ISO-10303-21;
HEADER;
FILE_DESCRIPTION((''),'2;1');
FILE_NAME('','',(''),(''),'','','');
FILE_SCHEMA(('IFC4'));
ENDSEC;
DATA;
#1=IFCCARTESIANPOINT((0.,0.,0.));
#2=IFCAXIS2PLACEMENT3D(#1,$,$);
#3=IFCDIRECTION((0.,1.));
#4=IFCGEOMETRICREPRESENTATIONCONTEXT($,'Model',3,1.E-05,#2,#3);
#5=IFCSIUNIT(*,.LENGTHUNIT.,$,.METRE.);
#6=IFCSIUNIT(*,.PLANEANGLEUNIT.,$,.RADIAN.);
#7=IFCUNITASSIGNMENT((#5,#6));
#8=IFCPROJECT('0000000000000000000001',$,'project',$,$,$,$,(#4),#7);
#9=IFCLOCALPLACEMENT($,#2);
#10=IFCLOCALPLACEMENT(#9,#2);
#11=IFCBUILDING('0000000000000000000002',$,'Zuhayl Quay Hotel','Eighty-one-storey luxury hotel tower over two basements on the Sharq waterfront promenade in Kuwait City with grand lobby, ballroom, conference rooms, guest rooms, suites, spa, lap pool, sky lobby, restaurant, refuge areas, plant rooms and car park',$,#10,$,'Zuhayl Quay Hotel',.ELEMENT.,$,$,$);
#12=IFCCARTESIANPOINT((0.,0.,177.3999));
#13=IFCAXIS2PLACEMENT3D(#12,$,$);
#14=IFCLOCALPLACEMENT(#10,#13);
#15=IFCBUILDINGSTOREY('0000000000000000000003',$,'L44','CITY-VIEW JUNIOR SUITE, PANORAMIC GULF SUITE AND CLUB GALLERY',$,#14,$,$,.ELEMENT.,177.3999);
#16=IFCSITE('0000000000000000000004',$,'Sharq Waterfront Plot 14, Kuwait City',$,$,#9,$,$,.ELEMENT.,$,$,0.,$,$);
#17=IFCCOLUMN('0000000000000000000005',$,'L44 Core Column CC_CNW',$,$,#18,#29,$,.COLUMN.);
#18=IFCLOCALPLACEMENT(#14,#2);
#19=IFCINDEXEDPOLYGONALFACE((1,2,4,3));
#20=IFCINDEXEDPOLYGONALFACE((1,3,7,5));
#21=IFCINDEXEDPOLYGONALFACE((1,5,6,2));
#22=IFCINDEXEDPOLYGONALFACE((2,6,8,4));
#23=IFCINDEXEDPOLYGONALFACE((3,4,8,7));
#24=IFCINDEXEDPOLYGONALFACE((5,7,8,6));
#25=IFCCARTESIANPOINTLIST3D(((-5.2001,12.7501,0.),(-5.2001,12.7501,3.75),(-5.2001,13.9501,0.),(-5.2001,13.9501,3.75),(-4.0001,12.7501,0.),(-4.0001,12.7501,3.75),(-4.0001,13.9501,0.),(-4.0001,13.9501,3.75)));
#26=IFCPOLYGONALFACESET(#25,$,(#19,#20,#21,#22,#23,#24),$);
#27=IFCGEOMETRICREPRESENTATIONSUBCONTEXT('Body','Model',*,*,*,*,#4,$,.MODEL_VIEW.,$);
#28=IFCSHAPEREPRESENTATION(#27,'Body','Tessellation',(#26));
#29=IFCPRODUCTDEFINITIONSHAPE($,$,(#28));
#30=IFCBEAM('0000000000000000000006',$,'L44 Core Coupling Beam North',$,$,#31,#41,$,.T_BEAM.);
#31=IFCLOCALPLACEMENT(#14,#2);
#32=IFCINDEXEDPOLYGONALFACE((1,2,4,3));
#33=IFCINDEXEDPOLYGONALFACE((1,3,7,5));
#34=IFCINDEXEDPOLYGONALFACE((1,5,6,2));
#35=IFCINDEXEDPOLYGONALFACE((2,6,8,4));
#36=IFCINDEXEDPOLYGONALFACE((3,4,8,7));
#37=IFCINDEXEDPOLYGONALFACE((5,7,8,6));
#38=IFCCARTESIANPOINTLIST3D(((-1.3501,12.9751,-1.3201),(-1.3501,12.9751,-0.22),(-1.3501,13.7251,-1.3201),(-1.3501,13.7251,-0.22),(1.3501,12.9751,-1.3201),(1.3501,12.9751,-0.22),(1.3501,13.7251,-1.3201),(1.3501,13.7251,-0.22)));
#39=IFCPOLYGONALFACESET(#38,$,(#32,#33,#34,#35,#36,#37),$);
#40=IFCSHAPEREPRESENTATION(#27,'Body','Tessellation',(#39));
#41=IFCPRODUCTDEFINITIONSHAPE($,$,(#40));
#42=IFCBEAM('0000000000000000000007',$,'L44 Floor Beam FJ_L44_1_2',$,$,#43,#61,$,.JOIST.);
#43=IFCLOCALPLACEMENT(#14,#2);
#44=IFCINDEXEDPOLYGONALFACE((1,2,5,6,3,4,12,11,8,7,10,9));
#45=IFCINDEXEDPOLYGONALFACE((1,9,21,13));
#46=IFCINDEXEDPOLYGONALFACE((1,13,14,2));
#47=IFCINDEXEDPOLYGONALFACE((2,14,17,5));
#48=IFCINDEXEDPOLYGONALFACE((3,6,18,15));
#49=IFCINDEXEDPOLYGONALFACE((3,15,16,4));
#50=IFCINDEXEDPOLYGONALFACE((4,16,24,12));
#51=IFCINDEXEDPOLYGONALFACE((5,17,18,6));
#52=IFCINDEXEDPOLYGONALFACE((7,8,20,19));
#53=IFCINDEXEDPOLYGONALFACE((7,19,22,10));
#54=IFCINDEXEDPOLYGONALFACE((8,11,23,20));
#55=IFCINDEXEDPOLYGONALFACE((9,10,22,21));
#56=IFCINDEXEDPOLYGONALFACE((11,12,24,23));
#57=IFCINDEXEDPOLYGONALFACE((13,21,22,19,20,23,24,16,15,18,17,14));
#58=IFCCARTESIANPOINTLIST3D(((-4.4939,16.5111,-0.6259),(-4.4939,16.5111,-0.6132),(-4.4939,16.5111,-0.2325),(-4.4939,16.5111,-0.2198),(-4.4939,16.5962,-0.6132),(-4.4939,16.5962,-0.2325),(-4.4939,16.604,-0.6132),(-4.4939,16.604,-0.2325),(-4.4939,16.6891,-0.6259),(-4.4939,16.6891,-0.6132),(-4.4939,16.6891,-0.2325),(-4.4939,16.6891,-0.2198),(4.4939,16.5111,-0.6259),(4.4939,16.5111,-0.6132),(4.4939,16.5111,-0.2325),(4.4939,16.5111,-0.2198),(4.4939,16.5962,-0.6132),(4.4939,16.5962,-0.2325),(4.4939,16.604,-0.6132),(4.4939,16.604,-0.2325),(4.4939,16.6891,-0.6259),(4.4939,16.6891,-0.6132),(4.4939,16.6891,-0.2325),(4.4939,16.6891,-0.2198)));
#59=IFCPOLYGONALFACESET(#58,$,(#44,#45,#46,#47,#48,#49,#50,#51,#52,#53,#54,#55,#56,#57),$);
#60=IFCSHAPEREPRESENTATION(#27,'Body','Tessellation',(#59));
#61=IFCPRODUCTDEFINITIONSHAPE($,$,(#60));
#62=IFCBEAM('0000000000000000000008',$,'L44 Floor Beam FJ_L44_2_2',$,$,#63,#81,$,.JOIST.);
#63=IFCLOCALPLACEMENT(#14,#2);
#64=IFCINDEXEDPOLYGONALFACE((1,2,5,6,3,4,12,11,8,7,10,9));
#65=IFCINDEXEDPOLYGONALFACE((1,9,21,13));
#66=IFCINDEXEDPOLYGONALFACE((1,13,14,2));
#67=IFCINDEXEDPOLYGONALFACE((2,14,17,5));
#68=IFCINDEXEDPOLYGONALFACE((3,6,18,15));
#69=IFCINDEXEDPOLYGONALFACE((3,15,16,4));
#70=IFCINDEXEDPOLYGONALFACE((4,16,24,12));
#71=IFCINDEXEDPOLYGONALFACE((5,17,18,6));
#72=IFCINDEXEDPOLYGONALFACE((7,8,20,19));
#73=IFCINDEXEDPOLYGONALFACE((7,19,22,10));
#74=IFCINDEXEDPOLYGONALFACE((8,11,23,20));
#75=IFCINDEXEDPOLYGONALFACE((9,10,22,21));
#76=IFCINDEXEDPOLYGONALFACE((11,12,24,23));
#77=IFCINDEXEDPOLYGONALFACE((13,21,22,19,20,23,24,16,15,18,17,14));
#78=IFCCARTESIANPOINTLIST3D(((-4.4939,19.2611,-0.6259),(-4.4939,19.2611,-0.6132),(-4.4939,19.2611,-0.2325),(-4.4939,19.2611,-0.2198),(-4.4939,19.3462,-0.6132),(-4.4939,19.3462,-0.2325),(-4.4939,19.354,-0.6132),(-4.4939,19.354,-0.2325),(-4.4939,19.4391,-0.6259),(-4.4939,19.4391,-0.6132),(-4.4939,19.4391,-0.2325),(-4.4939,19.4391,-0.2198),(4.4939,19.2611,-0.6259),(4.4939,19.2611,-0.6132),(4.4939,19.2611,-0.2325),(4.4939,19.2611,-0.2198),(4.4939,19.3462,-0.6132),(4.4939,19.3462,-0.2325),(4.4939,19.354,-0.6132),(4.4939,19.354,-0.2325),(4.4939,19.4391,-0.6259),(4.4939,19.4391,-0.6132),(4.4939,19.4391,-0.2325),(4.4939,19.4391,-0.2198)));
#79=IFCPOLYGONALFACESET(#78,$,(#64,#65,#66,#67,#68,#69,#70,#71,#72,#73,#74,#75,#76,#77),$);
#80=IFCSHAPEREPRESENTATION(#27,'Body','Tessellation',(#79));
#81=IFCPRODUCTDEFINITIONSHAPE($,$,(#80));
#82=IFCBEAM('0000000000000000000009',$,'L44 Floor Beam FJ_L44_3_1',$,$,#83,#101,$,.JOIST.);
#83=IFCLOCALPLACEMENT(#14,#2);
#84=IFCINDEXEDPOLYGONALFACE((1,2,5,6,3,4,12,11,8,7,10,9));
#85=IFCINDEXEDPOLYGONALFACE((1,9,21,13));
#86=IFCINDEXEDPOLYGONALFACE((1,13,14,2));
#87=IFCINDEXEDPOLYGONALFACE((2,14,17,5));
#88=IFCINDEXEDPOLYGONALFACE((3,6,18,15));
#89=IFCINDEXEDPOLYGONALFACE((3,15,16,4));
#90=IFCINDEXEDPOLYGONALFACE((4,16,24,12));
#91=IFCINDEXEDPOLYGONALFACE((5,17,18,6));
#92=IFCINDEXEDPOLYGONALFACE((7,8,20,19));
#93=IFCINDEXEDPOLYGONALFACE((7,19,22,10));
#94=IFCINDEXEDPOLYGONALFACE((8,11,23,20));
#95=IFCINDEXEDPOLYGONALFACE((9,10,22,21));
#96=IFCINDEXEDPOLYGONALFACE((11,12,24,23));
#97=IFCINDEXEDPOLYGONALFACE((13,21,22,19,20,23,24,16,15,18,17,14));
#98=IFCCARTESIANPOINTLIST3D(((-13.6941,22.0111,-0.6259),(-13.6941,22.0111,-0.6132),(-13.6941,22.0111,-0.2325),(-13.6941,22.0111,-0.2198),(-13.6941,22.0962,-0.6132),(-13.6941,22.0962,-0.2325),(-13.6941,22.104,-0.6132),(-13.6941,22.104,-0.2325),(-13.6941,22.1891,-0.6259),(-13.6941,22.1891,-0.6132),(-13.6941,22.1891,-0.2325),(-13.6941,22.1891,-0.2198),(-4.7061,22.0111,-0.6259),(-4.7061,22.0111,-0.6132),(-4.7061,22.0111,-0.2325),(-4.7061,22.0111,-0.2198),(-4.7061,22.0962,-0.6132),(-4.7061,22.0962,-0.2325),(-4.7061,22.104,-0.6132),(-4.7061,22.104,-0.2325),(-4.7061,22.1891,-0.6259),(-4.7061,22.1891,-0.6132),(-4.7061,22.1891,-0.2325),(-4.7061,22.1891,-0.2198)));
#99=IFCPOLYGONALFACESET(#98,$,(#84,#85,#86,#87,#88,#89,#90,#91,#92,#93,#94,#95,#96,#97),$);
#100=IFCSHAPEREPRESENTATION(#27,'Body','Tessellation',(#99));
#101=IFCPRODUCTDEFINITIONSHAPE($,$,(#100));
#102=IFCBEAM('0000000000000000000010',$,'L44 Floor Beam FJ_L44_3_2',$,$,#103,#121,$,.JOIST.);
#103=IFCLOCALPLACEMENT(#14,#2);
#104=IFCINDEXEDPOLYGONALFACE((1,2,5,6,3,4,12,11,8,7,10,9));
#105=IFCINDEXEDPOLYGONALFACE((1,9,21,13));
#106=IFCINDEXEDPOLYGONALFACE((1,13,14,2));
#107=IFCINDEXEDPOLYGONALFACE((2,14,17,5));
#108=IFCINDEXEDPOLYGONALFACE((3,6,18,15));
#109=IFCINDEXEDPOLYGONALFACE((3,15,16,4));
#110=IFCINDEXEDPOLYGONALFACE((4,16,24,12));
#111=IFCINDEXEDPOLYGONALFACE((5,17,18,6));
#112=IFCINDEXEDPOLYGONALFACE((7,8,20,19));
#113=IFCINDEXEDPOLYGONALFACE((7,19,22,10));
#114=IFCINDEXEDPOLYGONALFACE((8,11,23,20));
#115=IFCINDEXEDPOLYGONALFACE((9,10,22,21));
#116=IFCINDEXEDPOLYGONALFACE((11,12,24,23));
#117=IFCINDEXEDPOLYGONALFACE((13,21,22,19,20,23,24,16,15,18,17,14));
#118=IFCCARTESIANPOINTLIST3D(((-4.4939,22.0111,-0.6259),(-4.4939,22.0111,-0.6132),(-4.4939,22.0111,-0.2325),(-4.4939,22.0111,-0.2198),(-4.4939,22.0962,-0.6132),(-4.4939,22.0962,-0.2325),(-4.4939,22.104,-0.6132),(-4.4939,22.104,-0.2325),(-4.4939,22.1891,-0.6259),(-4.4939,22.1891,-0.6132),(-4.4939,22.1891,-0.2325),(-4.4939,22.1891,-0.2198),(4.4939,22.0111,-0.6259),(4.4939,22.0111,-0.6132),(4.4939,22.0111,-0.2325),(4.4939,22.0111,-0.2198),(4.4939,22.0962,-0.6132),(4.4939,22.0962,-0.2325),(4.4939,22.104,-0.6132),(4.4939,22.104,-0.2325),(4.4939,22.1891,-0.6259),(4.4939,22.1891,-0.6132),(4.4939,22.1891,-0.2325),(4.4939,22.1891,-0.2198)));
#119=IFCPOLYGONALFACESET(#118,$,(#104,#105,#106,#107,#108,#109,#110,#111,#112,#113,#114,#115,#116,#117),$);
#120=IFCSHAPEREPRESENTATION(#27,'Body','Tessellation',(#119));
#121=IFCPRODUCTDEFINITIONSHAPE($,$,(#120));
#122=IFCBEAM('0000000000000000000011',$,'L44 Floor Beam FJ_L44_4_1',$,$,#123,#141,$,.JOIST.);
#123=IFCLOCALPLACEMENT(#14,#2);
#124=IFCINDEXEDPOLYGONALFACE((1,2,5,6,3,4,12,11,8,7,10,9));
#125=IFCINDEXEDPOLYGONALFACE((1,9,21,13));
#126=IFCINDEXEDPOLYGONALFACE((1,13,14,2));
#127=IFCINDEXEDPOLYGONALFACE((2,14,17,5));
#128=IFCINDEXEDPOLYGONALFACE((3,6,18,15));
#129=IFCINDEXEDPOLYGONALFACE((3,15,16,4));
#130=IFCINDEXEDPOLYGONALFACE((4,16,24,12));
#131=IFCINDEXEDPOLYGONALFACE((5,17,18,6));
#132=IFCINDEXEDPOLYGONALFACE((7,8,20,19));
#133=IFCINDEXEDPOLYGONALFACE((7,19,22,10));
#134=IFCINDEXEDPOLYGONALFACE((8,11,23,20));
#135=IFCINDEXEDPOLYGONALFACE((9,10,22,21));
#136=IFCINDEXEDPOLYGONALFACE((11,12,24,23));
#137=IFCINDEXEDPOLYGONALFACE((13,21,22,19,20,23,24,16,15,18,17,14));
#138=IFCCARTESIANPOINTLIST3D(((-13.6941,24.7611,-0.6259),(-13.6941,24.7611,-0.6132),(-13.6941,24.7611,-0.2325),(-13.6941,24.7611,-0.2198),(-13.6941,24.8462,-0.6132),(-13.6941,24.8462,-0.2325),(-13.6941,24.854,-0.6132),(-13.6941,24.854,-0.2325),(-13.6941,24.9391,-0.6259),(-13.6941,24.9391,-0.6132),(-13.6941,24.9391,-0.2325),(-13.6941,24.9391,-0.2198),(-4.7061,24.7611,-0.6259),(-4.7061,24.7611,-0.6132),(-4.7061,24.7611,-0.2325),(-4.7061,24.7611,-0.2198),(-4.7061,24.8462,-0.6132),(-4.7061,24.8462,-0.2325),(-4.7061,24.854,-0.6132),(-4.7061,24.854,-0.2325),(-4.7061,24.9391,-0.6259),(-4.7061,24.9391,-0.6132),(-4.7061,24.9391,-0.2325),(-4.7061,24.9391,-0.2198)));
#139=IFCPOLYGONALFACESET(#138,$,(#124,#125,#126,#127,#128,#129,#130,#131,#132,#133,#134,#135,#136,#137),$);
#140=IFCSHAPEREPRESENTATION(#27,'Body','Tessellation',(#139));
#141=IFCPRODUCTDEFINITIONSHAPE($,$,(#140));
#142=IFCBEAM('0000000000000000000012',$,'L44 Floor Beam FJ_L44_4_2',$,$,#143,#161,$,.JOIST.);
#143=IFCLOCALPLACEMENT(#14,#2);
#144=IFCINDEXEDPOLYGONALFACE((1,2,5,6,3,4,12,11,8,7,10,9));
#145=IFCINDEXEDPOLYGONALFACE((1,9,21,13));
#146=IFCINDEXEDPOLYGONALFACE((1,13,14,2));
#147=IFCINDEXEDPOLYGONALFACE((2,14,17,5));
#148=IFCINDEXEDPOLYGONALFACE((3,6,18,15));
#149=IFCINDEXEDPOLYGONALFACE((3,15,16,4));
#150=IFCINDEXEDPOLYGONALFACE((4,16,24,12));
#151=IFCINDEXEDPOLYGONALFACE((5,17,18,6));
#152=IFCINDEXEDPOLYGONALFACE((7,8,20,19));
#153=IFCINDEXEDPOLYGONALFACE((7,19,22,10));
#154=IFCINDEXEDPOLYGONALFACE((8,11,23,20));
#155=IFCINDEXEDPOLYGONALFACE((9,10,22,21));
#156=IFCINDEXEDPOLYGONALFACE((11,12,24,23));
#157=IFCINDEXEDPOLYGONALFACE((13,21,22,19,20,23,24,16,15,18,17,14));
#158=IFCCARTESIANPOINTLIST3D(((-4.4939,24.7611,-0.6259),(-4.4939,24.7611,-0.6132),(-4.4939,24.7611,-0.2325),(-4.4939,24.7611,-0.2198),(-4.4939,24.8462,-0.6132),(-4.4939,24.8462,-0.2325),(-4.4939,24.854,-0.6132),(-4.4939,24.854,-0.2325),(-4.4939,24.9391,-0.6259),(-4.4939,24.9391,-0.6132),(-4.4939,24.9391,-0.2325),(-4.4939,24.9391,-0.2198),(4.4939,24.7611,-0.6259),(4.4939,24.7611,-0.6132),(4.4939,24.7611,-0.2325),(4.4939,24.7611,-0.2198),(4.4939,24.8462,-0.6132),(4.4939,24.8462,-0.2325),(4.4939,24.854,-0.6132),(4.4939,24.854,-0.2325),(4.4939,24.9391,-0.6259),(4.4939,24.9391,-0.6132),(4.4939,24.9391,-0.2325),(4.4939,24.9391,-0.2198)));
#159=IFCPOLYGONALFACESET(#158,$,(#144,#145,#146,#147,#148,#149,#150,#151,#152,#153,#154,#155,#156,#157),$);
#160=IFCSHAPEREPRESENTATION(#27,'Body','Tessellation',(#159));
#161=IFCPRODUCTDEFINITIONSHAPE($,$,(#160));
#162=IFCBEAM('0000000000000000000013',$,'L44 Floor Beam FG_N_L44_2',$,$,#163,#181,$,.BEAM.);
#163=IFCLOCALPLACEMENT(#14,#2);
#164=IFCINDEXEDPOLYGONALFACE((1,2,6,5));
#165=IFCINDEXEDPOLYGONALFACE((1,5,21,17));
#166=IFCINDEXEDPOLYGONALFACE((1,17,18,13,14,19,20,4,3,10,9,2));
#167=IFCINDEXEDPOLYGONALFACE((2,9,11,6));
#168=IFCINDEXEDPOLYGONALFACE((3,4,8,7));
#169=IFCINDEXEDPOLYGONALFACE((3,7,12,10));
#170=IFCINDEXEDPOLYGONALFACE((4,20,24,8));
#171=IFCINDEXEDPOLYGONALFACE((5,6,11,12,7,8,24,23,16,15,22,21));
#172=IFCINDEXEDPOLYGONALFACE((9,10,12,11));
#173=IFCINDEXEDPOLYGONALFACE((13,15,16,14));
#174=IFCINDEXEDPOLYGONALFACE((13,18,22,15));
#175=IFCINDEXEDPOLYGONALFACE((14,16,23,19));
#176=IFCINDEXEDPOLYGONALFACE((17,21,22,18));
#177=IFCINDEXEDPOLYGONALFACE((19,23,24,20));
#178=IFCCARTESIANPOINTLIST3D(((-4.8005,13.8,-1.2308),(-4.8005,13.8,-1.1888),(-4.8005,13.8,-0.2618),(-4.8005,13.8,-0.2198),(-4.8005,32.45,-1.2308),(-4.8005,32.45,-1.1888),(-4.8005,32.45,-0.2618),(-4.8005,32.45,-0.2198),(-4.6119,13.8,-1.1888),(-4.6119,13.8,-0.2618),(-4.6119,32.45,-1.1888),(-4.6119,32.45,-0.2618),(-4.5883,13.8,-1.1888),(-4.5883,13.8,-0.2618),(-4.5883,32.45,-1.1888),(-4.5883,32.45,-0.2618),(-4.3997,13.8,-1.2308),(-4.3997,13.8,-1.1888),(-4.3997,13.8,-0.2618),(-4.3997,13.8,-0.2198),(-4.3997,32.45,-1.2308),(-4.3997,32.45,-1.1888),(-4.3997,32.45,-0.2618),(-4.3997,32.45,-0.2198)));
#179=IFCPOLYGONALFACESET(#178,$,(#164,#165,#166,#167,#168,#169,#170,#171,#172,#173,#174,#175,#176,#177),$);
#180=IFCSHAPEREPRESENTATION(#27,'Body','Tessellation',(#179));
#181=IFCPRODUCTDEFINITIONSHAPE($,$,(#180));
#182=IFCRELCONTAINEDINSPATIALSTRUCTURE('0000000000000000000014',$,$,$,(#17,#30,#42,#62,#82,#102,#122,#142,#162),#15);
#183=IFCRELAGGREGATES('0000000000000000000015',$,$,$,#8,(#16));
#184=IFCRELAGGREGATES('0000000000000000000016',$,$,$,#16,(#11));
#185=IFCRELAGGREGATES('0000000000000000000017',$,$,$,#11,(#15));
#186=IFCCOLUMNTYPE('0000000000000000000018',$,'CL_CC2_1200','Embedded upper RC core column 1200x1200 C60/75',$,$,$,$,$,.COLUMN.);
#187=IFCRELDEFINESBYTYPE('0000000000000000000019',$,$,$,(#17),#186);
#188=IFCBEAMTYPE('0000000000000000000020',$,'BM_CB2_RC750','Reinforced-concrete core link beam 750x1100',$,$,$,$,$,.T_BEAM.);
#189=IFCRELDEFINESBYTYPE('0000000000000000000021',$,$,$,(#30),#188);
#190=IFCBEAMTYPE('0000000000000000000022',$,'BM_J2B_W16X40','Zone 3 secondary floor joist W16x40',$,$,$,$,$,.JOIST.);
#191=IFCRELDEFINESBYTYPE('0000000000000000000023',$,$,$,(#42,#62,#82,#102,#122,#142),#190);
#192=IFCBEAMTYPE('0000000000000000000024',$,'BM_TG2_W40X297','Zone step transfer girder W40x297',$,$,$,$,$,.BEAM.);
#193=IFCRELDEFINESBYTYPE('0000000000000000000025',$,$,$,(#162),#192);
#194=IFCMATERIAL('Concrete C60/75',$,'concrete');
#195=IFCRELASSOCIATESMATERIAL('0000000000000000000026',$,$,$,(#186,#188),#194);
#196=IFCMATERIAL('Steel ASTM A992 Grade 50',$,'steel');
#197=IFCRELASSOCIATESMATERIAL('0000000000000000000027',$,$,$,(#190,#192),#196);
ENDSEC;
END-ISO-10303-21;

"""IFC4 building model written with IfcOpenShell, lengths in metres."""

from ifc_helpers import new_model, si_unit, direction, frame, origin, origin_2d, place, context, subcontext, project, spatial, rectangle, i_section, extrude, material, material_profile, profile_set, type_object, element, save


model = new_model("IFC4")

# Units and contexts
model_context = context("Model", 3, precision=1e-05, world=origin(), true_north=direction((0.0, 1.0)))
body_context = subcontext(model_context, "Body", "Model", "MODEL_VIEW")
ifc_project = project(units=[si_unit("LENGTHUNIT", "METRE"), si_unit("PLANEANGLEUNIT", "RADIAN")], contexts=[model_context])

# Site, building, storey
site_placement = place(None, origin())
site = spatial("IfcSite", under=ifc_project, at=site_placement, Name="Sharq Waterfront Plot 14, Kuwait City", CompositionType="ELEMENT", RefElevation=0.0)
building_placement = place(site_placement, origin())
building = spatial("IfcBuilding", under=site, at=building_placement, Name="Zuhayl Quay Hotel", Description="Eighty-one-storey luxury hotel tower over two basements on the Sharq waterfront promenade in Kuwait City with grand lobby, ballroom, conference rooms, guest rooms, suites, spa, lap pool, sky lobby, restaurant, refuge areas, plant rooms and car park", LongName="Zuhayl Quay Hotel", CompositionType="ELEMENT")
storey_placement = place(building_placement, frame((0.0, 0.0, 177.3999)))
storey = spatial("IfcBuildingStorey", under=building, at=storey_placement, Name="L44", Description="CITY-VIEW JUNIOR SUITE, PANORAMIC GULF SUITE AND CLUB GALLERY", CompositionType="ELEMENT", Elevation=177.3999)

# Column
ifc_material_1 = material(Name="Concrete C60/75", Category="concrete")
ifc_material_profile_1 = material_profile(ifc_material_1, rectangle(XDim=1.2, YDim=1.2, at=origin_2d()), Name="RC1200X1200")
ifc_profile_set_1 = profile_set([ifc_material_profile_1], Name="Concrete C60/75")
column_type = type_object("IfcColumnType", Name="CL_CC2_1200", Description="Embedded upper RC core column 1200x1200 C60/75", PredefinedType="COLUMN", material=ifc_profile_set_1)
column_placement = place(storey_placement, frame((-4.6001, 13.3501, 0.0), z_axis=(0.0, 0.0, 1.0), x_axis=(1.0, 0.0, 0.0)))
element("IfcColumn", 1, at=column_placement, inside=storey, type_object=column_type, Name="L44 Core Column CC_CNW", PredefinedType="COLUMN", context=body_context, shape_type="SweptSolid", body=[
    extrude(rectangle(XDim=1.2, YDim=1.2, at=origin_2d()), origin(), (0.0, 0.0, 1.0), 3.75),
])

# Beams
ifc_material_profile_2 = material_profile(ifc_material_1, rectangle(XDim=0.75, YDim=1.1001, at=origin_2d()), Name="RC750X1100")
ifc_profile_set_2 = profile_set([ifc_material_profile_2], Name="Concrete C60/75")
beam_type_1 = type_object("IfcBeamType", Name="BM_CB2_RC750", Description="Reinforced-concrete core link beam 750x1100", PredefinedType="T_BEAM", material=ifc_profile_set_2)
beam_1_placement = place(storey_placement, frame((-1.3501, 13.3501, -0.77), z_axis=(1.0, 0.0, 0.0), x_axis=(0.0, 1.0, 0.0)))
element("IfcBeam", 2, at=beam_1_placement, inside=storey, type_object=beam_type_1, Name="L44 Core Coupling Beam North", PredefinedType="T_BEAM", context=body_context, shape_type="SweptSolid", body=[
    extrude(rectangle(XDim=0.75, YDim=1.1001, at=origin_2d()), origin(), (0.0, 0.0, 1.0), 2.7002),
])
ifc_material_2 = material(Name="Steel ASTM A992 Grade 50", Category="steel")
ifc_material_profile_3 = material_profile(ifc_material_2, i_section(OverallWidth=0.178, OverallDepth=0.406, WebThickness=0.0078, FlangeThickness=0.0127, at=origin_2d()), Name="W16X40")
ifc_profile_set_3 = profile_set([ifc_material_profile_3], Name="Steel ASTM A992 Grade 50")
beam_type_2 = type_object("IfcBeamType", Name="BM_J2B_W16X40", Description="Zone 3 secondary floor joist W16x40", PredefinedType="JOIST", material=ifc_profile_set_3)
for number, where, z_axis, x_axis, name in (
    (3, (-4.4939, 16.6001, -0.4229), (1.0, 0.0, 0.0), (0.0, 1.0, 0.0), "L44 Floor Beam FJ_L44_1_2"),
    (4, (-4.4939, 19.3501, -0.4229), (1.0, 0.0, 0.0), (0.0, 1.0, 0.0), "L44 Floor Beam FJ_L44_2_2"),
):
    element("IfcBeam", number, at=place(storey_placement, frame(where, z_axis=z_axis, x_axis=x_axis)), inside=storey, type_object=beam_type_2, Name=name, PredefinedType="JOIST", context=body_context, shape_type="SweptSolid", body=[
        extrude(i_section(OverallWidth=0.178, OverallDepth=0.406, WebThickness=0.0078, FlangeThickness=0.0127, at=origin_2d()), origin(), (0.0, 0.0, 1.0), 8.9878),
    ])
beam_2_placement = place(storey_placement, frame((-13.6941, 22.1001, -0.4229), z_axis=(1.0, 0.0, 0.0), x_axis=(0.0, 1.0, 0.0)))
element("IfcBeam", 5, at=beam_2_placement, inside=storey, type_object=beam_type_2, Name="L44 Floor Beam FJ_L44_3_1", PredefinedType="JOIST", context=body_context, shape_type="SweptSolid", body=[
    extrude(i_section(OverallWidth=0.178, OverallDepth=0.406, WebThickness=0.0078, FlangeThickness=0.0127, at=origin_2d()), origin(), (0.0, 0.0, 1.0), 8.988),
])
beam_3_placement = place(storey_placement, frame((-4.4939, 22.1001, -0.4229), z_axis=(1.0, 0.0, 0.0), x_axis=(0.0, 1.0, 0.0)))
element("IfcBeam", 6, at=beam_3_placement, inside=storey, type_object=beam_type_2, Name="L44 Floor Beam FJ_L44_3_2", PredefinedType="JOIST", context=body_context, shape_type="SweptSolid", body=[
    extrude(i_section(OverallWidth=0.178, OverallDepth=0.406, WebThickness=0.0078, FlangeThickness=0.0127, at=origin_2d()), origin(), (0.0, 0.0, 1.0), 8.9878),
])
beam_4_placement = place(storey_placement, frame((-13.6941, 24.8501, -0.4229), z_axis=(1.0, 0.0, 0.0), x_axis=(0.0, 1.0, 0.0)))
element("IfcBeam", 7, at=beam_4_placement, inside=storey, type_object=beam_type_2, Name="L44 Floor Beam FJ_L44_4_1", PredefinedType="JOIST", context=body_context, shape_type="SweptSolid", body=[
    extrude(i_section(OverallWidth=0.178, OverallDepth=0.406, WebThickness=0.0078, FlangeThickness=0.0127, at=origin_2d()), origin(), (0.0, 0.0, 1.0), 8.988),
])
beam_5_placement = place(storey_placement, frame((-4.4939, 24.8501, -0.4229), z_axis=(1.0, 0.0, 0.0), x_axis=(0.0, 1.0, 0.0)))
element("IfcBeam", 8, at=beam_5_placement, inside=storey, type_object=beam_type_2, Name="L44 Floor Beam FJ_L44_4_2", PredefinedType="JOIST", context=body_context, shape_type="SweptSolid", body=[
    extrude(i_section(OverallWidth=0.178, OverallDepth=0.406, WebThickness=0.0078, FlangeThickness=0.0127, at=origin_2d()), origin(), (0.0, 0.0, 1.0), 8.9878),
])
ifc_material_profile_4 = material_profile(ifc_material_2, i_section(OverallWidth=0.4009, OverallDepth=1.011, WebThickness=0.0237, FlangeThickness=0.042, at=origin_2d()), Name="W40X297")
ifc_profile_set_4 = profile_set([ifc_material_profile_4], Name="Steel ASTM A992 Grade 50")
beam_type_3 = type_object("IfcBeamType", Name="BM_TG2_W40X297", Description="Zone step transfer girder W40x297", PredefinedType="BEAM", material=ifc_profile_set_4)
beam_6_placement = place(storey_placement, frame((-4.6001, 13.8, -0.7253), z_axis=(0.0, 1.0, 0.0), x_axis=(-1.0, 0.0, 0.0)))
element("IfcBeam", 9, at=beam_6_placement, inside=storey, type_object=beam_type_3, Name="L44 Floor Beam FG_N_L44_2", PredefinedType="BEAM", context=body_context, shape_type="SweptSolid", body=[
    extrude(i_section(OverallWidth=0.4009, OverallDepth=1.011, WebThickness=0.0237, FlangeThickness=0.042, at=origin_2d()), origin(), (0.0, 0.0, 1.0), 18.6499),
])

save(model, "model.ifc")
